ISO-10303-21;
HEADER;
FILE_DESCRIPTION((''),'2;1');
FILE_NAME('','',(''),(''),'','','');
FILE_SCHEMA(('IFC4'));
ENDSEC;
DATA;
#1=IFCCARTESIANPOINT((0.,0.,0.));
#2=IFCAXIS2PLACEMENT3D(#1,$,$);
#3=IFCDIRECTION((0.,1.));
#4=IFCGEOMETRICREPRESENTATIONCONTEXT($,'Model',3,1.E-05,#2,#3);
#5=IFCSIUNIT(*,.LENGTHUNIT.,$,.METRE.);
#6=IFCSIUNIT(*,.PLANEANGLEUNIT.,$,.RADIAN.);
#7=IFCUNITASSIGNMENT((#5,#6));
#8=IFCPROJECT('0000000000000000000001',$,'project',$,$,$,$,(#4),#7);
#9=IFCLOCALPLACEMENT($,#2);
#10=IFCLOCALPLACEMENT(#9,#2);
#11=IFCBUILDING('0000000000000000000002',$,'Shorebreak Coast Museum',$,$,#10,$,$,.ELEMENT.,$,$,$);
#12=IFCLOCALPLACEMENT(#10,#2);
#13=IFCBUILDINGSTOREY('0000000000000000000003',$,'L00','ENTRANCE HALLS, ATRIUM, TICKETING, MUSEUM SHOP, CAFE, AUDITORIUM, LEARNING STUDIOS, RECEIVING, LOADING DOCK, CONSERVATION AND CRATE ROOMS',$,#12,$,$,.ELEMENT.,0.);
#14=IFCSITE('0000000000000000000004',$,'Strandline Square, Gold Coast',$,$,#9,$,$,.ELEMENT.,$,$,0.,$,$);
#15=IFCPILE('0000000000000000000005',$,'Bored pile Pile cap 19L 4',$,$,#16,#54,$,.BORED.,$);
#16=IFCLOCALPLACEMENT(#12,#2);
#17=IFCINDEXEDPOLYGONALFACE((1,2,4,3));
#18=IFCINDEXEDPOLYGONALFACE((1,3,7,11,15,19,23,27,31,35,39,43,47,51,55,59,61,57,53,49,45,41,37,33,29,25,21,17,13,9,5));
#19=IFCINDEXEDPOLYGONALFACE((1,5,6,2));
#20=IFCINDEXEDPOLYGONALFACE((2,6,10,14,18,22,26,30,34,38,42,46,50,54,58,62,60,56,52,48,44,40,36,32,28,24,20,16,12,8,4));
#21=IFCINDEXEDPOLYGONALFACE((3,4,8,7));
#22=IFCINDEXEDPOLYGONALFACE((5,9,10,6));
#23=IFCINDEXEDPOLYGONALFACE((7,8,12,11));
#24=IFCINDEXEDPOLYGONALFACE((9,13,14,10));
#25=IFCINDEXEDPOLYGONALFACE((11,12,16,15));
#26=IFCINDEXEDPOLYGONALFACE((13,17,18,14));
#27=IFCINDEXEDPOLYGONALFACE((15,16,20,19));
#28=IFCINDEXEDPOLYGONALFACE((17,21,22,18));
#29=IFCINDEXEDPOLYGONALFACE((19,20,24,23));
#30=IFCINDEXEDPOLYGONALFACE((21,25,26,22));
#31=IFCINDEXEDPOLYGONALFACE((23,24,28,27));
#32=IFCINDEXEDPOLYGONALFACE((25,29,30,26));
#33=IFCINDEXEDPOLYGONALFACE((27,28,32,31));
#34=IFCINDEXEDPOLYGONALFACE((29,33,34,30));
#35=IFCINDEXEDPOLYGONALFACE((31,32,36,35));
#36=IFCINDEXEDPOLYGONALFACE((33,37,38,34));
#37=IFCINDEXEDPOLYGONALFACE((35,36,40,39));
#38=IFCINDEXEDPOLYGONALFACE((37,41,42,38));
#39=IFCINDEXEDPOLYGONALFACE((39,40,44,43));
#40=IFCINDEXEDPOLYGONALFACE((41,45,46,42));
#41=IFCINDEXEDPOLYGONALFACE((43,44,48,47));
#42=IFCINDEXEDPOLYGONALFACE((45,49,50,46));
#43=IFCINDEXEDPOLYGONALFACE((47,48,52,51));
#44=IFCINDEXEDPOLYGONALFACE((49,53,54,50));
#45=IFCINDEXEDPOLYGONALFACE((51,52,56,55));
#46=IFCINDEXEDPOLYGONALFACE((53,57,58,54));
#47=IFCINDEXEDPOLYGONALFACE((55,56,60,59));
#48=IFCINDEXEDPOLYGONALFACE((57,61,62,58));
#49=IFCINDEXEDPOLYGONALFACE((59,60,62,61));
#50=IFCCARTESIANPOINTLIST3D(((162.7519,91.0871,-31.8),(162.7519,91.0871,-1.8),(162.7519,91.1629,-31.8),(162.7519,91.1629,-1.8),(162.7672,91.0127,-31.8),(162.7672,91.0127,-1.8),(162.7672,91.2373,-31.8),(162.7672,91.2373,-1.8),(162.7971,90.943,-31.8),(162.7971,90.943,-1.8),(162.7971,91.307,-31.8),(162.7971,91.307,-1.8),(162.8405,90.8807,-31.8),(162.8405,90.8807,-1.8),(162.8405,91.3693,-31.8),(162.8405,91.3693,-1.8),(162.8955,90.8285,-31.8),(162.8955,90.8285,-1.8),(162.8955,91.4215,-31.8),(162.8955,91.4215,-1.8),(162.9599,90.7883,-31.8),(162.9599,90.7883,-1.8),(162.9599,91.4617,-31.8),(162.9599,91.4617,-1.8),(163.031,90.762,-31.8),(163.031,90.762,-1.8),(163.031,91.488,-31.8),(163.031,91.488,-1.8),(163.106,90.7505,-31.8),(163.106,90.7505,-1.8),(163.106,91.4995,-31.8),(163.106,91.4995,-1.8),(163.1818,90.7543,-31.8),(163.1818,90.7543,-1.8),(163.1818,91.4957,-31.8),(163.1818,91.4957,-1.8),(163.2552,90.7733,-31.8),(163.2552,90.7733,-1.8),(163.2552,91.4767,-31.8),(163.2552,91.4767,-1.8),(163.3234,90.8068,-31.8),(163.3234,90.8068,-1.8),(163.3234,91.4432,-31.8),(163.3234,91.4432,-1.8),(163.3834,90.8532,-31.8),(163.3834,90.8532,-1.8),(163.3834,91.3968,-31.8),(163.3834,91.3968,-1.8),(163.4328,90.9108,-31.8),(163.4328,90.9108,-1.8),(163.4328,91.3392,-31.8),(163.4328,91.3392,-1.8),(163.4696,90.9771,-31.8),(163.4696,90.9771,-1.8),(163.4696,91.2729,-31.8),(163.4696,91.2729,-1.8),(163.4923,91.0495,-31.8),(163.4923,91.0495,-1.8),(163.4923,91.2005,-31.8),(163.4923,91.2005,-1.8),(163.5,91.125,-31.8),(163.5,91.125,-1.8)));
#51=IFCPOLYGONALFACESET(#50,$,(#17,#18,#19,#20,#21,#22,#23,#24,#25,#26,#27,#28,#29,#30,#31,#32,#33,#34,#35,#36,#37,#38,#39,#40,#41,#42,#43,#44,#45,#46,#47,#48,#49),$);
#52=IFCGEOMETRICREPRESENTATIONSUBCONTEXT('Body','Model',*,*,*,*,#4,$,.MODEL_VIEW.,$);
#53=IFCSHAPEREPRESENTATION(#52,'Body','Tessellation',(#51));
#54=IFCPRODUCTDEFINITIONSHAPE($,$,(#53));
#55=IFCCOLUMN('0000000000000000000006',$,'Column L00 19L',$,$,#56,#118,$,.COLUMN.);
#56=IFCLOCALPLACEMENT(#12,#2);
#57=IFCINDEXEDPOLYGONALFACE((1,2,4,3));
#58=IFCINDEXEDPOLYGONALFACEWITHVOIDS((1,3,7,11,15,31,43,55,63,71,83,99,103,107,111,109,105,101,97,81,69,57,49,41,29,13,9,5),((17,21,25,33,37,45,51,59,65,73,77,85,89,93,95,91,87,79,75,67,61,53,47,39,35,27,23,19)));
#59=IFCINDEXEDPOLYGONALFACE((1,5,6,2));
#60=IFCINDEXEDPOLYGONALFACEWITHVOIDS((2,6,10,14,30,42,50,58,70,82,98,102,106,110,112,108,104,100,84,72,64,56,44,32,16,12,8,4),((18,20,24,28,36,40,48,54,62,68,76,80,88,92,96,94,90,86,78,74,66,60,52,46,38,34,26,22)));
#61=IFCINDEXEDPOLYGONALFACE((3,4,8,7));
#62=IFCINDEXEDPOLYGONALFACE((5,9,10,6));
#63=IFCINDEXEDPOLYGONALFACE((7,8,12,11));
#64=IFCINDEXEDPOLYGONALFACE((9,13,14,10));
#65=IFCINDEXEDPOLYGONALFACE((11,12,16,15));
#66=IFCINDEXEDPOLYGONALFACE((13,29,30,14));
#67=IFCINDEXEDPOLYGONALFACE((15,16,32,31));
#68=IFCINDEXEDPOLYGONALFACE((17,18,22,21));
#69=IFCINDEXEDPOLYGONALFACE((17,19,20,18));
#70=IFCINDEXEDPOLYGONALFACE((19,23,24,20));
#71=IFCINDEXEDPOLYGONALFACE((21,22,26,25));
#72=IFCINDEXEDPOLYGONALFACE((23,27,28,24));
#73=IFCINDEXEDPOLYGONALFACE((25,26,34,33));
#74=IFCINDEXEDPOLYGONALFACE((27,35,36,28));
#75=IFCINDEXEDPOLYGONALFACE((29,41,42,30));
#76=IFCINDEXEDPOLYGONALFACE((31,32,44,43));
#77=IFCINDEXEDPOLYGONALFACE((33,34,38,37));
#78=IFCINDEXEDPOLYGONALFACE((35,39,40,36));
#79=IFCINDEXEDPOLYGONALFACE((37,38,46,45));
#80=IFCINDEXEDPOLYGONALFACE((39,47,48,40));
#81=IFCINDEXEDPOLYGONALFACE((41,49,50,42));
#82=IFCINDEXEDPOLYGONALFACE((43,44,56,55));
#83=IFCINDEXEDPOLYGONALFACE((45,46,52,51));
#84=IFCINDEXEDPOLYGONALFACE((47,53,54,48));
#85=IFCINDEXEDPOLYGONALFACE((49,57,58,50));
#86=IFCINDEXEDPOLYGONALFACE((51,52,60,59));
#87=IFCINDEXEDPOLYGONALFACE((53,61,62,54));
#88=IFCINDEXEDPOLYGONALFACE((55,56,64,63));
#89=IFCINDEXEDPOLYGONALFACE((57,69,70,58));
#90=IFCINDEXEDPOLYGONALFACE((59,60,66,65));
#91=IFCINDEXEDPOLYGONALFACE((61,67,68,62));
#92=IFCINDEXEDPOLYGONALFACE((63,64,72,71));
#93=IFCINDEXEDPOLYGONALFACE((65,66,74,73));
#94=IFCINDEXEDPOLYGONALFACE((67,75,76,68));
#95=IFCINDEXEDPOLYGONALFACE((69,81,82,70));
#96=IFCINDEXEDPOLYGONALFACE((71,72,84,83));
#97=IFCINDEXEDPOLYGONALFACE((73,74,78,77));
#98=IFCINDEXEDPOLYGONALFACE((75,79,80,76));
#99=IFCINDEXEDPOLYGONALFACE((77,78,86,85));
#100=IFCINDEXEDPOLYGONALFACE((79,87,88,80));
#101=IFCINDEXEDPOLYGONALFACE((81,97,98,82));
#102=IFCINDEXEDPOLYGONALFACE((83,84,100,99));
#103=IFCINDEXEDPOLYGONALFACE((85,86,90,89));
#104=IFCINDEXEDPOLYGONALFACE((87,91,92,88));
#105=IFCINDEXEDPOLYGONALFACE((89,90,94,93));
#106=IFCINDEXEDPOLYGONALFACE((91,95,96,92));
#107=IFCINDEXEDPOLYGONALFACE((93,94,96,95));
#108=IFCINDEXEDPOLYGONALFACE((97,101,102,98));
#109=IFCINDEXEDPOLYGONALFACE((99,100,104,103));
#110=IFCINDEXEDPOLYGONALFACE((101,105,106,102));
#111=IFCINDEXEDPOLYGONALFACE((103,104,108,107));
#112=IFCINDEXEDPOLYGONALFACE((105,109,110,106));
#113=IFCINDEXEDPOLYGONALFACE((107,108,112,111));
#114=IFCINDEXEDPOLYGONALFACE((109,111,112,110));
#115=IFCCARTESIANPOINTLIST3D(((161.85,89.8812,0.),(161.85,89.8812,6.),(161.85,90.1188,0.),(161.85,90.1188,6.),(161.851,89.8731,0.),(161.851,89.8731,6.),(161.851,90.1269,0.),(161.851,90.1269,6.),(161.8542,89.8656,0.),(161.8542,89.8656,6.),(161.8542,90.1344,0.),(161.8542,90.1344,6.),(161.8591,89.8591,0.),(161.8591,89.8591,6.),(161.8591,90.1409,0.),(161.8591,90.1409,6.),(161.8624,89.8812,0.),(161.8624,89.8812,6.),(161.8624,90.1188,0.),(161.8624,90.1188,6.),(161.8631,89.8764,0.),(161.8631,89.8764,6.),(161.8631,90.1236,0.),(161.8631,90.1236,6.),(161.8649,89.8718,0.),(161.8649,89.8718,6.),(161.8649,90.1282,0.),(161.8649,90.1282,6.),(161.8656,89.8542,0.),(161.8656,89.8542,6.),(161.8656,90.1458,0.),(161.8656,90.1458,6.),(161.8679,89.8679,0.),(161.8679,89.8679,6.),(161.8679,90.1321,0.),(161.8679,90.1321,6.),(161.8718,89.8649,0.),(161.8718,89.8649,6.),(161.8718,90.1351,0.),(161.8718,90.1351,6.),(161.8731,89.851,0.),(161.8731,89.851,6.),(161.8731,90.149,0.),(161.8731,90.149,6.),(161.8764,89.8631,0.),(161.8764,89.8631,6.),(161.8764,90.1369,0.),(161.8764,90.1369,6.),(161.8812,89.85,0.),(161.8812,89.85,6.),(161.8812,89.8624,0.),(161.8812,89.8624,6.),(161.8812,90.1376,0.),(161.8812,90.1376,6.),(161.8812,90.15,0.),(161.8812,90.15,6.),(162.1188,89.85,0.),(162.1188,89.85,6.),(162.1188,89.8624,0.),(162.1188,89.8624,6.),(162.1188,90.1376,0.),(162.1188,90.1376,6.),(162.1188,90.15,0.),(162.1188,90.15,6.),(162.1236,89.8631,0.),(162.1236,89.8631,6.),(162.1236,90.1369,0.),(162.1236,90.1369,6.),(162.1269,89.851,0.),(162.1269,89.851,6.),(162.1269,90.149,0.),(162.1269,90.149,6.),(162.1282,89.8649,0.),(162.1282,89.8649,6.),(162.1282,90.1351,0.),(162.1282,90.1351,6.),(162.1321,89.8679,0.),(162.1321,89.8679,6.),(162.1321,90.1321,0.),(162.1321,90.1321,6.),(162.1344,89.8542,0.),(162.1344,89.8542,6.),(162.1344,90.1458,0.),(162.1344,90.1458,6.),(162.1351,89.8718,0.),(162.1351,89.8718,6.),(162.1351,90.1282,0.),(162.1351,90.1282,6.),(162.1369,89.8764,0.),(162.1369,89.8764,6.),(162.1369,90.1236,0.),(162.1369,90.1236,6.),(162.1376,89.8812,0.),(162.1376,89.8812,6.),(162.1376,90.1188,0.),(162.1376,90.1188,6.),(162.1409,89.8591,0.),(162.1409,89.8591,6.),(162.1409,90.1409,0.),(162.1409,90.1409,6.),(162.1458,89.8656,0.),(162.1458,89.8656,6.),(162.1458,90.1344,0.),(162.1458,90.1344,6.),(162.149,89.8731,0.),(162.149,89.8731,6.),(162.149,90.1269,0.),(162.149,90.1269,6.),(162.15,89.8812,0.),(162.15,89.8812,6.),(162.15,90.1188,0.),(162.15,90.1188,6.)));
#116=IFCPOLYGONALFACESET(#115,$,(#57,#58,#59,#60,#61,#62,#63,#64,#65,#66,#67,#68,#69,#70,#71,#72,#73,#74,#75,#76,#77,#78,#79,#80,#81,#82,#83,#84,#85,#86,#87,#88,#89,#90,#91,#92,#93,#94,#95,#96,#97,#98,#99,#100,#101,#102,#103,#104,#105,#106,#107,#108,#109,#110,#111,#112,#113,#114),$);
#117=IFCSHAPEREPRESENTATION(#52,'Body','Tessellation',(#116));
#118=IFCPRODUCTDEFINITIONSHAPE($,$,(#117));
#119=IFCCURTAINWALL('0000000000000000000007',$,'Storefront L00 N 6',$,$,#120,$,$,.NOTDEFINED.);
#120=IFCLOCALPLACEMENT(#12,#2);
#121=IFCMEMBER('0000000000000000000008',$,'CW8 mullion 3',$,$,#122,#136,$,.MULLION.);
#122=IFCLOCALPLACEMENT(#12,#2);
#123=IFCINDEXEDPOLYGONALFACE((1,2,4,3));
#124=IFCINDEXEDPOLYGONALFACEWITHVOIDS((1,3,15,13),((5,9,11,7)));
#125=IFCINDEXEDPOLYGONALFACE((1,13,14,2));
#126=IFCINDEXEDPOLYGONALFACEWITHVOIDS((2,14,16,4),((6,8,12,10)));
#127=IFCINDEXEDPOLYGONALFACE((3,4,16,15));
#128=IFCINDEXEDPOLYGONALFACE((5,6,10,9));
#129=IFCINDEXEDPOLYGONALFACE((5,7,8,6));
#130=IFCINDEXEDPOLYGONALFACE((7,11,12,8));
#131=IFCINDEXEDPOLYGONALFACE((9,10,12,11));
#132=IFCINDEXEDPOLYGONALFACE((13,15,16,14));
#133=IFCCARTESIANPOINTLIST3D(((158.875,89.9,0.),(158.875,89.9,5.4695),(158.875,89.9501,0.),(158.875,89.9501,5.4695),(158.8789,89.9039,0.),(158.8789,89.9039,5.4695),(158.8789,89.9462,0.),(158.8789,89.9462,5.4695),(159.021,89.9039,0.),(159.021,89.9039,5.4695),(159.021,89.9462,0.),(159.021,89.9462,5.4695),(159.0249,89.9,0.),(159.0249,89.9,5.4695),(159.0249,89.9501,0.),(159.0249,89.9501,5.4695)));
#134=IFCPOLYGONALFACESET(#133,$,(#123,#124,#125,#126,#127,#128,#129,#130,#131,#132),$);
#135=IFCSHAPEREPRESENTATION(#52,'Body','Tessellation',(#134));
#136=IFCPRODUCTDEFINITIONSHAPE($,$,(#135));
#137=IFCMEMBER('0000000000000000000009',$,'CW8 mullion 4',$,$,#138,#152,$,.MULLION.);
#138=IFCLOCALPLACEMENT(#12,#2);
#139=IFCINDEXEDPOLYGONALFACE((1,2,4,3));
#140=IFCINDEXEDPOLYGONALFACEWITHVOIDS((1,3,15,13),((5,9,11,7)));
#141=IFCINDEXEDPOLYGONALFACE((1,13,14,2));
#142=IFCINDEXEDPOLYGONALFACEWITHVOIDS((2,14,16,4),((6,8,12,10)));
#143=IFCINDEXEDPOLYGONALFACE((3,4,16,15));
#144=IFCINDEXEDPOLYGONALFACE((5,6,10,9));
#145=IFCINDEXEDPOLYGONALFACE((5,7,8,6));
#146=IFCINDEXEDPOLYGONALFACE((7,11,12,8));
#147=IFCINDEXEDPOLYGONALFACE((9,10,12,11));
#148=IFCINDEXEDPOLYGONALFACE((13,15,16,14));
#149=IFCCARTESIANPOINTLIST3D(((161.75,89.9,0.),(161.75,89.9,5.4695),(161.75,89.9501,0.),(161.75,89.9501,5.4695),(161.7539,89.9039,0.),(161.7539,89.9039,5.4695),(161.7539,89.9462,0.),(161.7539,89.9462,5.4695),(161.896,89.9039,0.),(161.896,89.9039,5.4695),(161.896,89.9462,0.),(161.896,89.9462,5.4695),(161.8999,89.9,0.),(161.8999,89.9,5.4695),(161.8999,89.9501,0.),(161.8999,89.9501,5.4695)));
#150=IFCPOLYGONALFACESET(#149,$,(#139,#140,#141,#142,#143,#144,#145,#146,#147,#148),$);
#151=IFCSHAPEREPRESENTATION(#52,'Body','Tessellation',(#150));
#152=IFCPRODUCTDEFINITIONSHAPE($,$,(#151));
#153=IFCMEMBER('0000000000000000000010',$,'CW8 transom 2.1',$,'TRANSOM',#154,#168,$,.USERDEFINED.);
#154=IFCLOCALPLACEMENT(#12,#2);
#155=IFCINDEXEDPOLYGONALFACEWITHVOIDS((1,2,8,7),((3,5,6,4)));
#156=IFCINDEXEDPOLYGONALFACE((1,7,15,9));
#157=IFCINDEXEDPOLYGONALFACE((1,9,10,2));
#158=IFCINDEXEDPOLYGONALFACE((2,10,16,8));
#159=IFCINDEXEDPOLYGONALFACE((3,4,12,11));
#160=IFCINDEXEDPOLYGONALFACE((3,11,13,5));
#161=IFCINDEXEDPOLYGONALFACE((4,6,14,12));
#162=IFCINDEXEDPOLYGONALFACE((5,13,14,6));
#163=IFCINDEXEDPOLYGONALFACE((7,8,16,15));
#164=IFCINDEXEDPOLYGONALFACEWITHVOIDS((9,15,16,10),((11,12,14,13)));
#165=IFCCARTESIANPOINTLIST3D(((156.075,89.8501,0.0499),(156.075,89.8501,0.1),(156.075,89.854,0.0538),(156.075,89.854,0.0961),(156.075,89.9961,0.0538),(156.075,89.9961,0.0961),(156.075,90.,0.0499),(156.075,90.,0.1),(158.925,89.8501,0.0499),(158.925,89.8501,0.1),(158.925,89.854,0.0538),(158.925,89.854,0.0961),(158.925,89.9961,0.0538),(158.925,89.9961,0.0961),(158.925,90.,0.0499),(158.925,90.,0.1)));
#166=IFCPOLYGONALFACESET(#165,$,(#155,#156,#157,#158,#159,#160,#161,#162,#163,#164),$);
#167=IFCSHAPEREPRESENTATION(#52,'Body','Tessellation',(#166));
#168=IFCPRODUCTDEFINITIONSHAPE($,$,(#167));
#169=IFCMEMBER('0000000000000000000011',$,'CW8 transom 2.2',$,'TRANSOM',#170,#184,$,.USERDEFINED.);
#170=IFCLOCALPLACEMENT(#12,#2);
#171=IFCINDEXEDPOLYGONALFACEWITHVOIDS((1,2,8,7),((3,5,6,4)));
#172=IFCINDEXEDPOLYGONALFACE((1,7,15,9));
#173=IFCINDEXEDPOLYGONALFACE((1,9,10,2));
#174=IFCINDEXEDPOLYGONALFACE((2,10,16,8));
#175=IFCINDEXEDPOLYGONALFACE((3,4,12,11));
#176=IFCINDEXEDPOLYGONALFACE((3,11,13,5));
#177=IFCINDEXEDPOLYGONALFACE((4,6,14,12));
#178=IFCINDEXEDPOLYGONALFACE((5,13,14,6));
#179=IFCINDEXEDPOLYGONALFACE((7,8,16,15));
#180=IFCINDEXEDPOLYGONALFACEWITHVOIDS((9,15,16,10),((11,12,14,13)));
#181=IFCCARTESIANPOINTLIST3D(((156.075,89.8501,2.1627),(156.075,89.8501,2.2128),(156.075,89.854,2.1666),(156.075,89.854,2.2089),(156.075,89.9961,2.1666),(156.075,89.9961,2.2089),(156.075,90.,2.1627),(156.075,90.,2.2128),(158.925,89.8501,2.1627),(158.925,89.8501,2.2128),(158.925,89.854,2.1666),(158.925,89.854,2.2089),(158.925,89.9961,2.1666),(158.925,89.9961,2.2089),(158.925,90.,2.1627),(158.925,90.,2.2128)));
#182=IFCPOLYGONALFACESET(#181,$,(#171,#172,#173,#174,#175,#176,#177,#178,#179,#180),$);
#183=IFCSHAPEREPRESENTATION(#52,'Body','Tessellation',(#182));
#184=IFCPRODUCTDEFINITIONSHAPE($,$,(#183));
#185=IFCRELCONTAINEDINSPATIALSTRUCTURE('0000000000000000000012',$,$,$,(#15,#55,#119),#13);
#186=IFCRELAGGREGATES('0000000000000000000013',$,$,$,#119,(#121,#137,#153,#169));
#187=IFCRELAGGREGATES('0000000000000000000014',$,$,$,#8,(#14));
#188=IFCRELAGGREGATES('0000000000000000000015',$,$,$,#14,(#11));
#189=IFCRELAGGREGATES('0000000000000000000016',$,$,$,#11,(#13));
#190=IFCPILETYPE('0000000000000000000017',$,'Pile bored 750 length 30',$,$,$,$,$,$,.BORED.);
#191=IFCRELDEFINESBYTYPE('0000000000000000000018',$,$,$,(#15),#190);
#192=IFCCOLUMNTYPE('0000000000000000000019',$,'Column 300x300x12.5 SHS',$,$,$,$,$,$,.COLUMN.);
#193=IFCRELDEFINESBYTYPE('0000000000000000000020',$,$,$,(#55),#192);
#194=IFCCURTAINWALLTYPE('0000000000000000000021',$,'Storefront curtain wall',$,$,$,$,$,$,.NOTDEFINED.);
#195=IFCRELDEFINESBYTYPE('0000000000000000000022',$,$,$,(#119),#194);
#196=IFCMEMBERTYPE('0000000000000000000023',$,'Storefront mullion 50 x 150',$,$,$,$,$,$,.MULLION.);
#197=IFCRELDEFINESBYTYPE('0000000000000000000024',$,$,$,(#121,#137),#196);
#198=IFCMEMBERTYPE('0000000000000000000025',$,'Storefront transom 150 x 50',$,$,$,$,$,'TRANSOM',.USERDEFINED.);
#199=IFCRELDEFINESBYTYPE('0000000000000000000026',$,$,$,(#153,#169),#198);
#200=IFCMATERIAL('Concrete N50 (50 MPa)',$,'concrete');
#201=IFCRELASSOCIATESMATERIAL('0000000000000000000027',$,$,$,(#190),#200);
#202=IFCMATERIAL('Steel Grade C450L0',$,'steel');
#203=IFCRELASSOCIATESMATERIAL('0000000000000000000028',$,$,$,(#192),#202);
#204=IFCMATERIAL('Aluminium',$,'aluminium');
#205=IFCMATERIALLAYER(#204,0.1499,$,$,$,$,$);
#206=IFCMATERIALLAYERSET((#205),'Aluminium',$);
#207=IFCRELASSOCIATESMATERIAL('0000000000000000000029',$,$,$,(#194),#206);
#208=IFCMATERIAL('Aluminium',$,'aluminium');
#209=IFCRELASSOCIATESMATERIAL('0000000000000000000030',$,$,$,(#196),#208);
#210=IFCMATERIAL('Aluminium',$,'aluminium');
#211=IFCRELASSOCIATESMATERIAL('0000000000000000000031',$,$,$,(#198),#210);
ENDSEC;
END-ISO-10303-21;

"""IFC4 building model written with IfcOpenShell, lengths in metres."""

from ifc_helpers import new_model, si_unit, direction, frame, origin, origin_2d, place, context, subcontext, project, spatial, hollow_rectangle, circle, extrude, material, layer, layer_set, material_profile, profile_set, type_object, element, aggregate, save


model = new_model("IFC4")

# Units and contexts
model_context = context("Model", 3, precision=1e-05, world=origin(), true_north=direction((0.0, 1.0)))
body_context = subcontext(model_context, "Body", "Model", "MODEL_VIEW")
ifc_project = project(units=[si_unit("LENGTHUNIT", "METRE"), si_unit("PLANEANGLEUNIT", "RADIAN")], contexts=[model_context])

# Site, building, storey
site_placement = place(None, origin())
site = spatial("IfcSite", under=ifc_project, at=site_placement, Name="Strandline Square, Gold Coast", CompositionType="ELEMENT", RefElevation=0.0)
building_placement = place(site_placement, origin())
building = spatial("IfcBuilding", under=site, at=building_placement, Name="Shorebreak Coast Museum", CompositionType="ELEMENT")
storey_placement = place(building_placement, origin())
storey = spatial("IfcBuildingStorey", under=building, at=storey_placement, Name="L00", Description="ENTRANCE HALLS, ATRIUM, TICKETING, MUSEUM SHOP, CAFE, AUDITORIUM, LEARNING STUDIOS, RECEIVING, LOADING DOCK, CONSERVATION AND CRATE ROOMS", CompositionType="ELEMENT", Elevation=0.0)

# Pile
ifc_material_1 = material(Name="Concrete N50 (50 MPa)", Category="concrete")
ifc_material_profile_1 = material_profile(ifc_material_1, circle(Radius=0.375, at=origin_2d()), Name="Pile bored 750 length 30")
ifc_profile_set_1 = profile_set([ifc_material_profile_1], Name="Concrete N50 (50 MPa)")
pile_type_1 = type_object("IfcPileType", Name="Pile bored 750 length 30", PredefinedType="BORED", material=ifc_profile_set_1)
for number, where, z_axis, x_axis, name in (
    (1, (163.125, 91.125, -1.8), (0.0, 0.0, -1.0), (1.0, 0.0, 0.0), "Bored pile Pile cap 19L 4"),
):
    element("IfcPile", number, at=place(storey_placement, frame(where, z_axis=z_axis, x_axis=x_axis)), inside=storey, type_object=pile_type_1, Name=name, PredefinedType="BORED", context=body_context, shape_type="SweptSolid", body=[
        extrude(circle(Radius=0.375, at=origin_2d()), origin(), (0.0, 0.0, 1.0), 30.0),
    ])

# Column
ifc_material_2 = material(Name="Steel Grade C450L0", Category="steel")
ifc_material_profile_2 = material_profile(ifc_material_2, hollow_rectangle(XDim=0.3, YDim=0.3, WallThickness=0.0125, InnerFilletRadius=0.0188, OuterFilletRadius=0.0312, at=origin_2d()), Name="300x300x12.5 SHS")
ifc_profile_set_2 = profile_set([ifc_material_profile_2], Name="Steel Grade C450L0")
column_type = type_object("IfcColumnType", Name="Column 300x300x12.5 SHS", PredefinedType="COLUMN", material=ifc_profile_set_2)
column_placement = place(storey_placement, frame((162.0, 90.0, 0.0), z_axis=(0.0, 0.0, 1.0), x_axis=(1.0, 0.0, 0.0)))
element("IfcColumn", 2, at=column_placement, inside=storey, type_object=column_type, Name="Column L00 19L", PredefinedType="COLUMN", context=body_context, shape_type="SweptSolid", body=[
    extrude(hollow_rectangle(XDim=0.3, YDim=0.3, WallThickness=0.0125, InnerFilletRadius=0.0188, OuterFilletRadius=0.0312, at=origin_2d()), origin(), (0.0, 0.0, 1.0), 6.0),
])

# Curtain wall, members
ifc_material_3 = material(Name="Aluminium", Category="aluminium")
ifc_layer_1 = layer(ifc_material_3, 0.1499)
ifc_layer_set_1 = layer_set([ifc_layer_1], Name="Aluminium")
curtain_wall_type = type_object("IfcCurtainWallType", Name="Storefront curtain wall", PredefinedType="NOTDEFINED", material=ifc_layer_set_1)
curtain_wall_placement = place(storey_placement, origin())
curtain_wall = element("IfcCurtainWall", 3, at=curtain_wall_placement, inside=storey, type_object=curtain_wall_type, Name="Storefront L00 N 6", PredefinedType="NOTDEFINED")
ifc_material_4 = material(Name="Aluminium", Category="aluminium")
ifc_material_profile_3 = material_profile(ifc_material_4, hollow_rectangle(XDim=0.05, YDim=0.1499, WallThickness=0.0039, at=origin_2d()), Name="AL 150x50 RHS")
ifc_profile_set_3 = profile_set([ifc_material_profile_3], Name="Aluminium")
member_type_1 = type_object("IfcMemberType", Name="Storefront mullion 50 x 150", PredefinedType="MULLION", material=ifc_profile_set_3)
member_1_placement = place(storey_placement, frame((158.95, 89.925, 0.0), z_axis=(0.0, 0.0, 1.0), x_axis=(0.0, 1.0, 0.0)))
member_1 = element("IfcMember", 4, at=member_1_placement, type_object=member_type_1, Name="CW8 mullion 3", PredefinedType="MULLION", context=body_context, shape_type="SweptSolid", body=[
    extrude(hollow_rectangle(XDim=0.05, YDim=0.1499, WallThickness=0.0039, at=origin_2d()), origin(), (0.0, 0.0, 1.0), 5.4695),
])
member_2_placement = place(storey_placement, frame((161.825, 89.925, 0.0), z_axis=(0.0, 0.0, 1.0), x_axis=(0.0, 1.0, 0.0)))
member_2 = element("IfcMember", 5, at=member_2_placement, type_object=member_type_1, Name="CW8 mullion 4", PredefinedType="MULLION", context=body_context, shape_type="SweptSolid", body=[
    extrude(hollow_rectangle(XDim=0.05, YDim=0.1499, WallThickness=0.0039, at=origin_2d()), origin(), (0.0, 0.0, 1.0), 5.4695),
])
ifc_material_5 = material(Name="Aluminium", Category="aluminium")
ifc_material_profile_4 = material_profile(ifc_material_5, hollow_rectangle(XDim=0.1499, YDim=0.05, WallThickness=0.0039, at=origin_2d()), Name="AL 50x150 RHS")
ifc_profile_set_4 = profile_set([ifc_material_profile_4], Name="Aluminium")
member_type_2 = type_object("IfcMemberType", Name="Storefront transom 150 x 50", ElementType="TRANSOM", PredefinedType="USERDEFINED", material=ifc_profile_set_4)
member_3_placement = place(storey_placement, frame((156.075, 89.925, 0.075), z_axis=(1.0, 0.0, 0.0), x_axis=(0.0, 1.0, 0.0)))
member_3 = element("IfcMember", 6, at=member_3_placement, type_object=member_type_2, Name="CW8 transom 2.1", ObjectType="TRANSOM", PredefinedType="USERDEFINED", context=body_context, shape_type="SweptSolid", body=[
    extrude(hollow_rectangle(XDim=0.1499, YDim=0.05, WallThickness=0.0039, at=origin_2d()), origin(), (0.0, 0.0, 1.0), 2.8501),
])
member_4_placement = place(storey_placement, frame((156.075, 89.925, 2.1877), z_axis=(1.0, 0.0, 0.0), x_axis=(0.0, 1.0, 0.0)))
member_4 = element("IfcMember", 7, at=member_4_placement, type_object=member_type_2, Name="CW8 transom 2.2", ObjectType="TRANSOM", PredefinedType="USERDEFINED", context=body_context, shape_type="SweptSolid", body=[
    extrude(hollow_rectangle(XDim=0.1499, YDim=0.05, WallThickness=0.0039, at=origin_2d()), origin(), (0.0, 0.0, 1.0), 2.8501),
])
aggregate(curtain_wall, [member_1, member_2, member_3, member_4])

save(model, "model.ifc")
